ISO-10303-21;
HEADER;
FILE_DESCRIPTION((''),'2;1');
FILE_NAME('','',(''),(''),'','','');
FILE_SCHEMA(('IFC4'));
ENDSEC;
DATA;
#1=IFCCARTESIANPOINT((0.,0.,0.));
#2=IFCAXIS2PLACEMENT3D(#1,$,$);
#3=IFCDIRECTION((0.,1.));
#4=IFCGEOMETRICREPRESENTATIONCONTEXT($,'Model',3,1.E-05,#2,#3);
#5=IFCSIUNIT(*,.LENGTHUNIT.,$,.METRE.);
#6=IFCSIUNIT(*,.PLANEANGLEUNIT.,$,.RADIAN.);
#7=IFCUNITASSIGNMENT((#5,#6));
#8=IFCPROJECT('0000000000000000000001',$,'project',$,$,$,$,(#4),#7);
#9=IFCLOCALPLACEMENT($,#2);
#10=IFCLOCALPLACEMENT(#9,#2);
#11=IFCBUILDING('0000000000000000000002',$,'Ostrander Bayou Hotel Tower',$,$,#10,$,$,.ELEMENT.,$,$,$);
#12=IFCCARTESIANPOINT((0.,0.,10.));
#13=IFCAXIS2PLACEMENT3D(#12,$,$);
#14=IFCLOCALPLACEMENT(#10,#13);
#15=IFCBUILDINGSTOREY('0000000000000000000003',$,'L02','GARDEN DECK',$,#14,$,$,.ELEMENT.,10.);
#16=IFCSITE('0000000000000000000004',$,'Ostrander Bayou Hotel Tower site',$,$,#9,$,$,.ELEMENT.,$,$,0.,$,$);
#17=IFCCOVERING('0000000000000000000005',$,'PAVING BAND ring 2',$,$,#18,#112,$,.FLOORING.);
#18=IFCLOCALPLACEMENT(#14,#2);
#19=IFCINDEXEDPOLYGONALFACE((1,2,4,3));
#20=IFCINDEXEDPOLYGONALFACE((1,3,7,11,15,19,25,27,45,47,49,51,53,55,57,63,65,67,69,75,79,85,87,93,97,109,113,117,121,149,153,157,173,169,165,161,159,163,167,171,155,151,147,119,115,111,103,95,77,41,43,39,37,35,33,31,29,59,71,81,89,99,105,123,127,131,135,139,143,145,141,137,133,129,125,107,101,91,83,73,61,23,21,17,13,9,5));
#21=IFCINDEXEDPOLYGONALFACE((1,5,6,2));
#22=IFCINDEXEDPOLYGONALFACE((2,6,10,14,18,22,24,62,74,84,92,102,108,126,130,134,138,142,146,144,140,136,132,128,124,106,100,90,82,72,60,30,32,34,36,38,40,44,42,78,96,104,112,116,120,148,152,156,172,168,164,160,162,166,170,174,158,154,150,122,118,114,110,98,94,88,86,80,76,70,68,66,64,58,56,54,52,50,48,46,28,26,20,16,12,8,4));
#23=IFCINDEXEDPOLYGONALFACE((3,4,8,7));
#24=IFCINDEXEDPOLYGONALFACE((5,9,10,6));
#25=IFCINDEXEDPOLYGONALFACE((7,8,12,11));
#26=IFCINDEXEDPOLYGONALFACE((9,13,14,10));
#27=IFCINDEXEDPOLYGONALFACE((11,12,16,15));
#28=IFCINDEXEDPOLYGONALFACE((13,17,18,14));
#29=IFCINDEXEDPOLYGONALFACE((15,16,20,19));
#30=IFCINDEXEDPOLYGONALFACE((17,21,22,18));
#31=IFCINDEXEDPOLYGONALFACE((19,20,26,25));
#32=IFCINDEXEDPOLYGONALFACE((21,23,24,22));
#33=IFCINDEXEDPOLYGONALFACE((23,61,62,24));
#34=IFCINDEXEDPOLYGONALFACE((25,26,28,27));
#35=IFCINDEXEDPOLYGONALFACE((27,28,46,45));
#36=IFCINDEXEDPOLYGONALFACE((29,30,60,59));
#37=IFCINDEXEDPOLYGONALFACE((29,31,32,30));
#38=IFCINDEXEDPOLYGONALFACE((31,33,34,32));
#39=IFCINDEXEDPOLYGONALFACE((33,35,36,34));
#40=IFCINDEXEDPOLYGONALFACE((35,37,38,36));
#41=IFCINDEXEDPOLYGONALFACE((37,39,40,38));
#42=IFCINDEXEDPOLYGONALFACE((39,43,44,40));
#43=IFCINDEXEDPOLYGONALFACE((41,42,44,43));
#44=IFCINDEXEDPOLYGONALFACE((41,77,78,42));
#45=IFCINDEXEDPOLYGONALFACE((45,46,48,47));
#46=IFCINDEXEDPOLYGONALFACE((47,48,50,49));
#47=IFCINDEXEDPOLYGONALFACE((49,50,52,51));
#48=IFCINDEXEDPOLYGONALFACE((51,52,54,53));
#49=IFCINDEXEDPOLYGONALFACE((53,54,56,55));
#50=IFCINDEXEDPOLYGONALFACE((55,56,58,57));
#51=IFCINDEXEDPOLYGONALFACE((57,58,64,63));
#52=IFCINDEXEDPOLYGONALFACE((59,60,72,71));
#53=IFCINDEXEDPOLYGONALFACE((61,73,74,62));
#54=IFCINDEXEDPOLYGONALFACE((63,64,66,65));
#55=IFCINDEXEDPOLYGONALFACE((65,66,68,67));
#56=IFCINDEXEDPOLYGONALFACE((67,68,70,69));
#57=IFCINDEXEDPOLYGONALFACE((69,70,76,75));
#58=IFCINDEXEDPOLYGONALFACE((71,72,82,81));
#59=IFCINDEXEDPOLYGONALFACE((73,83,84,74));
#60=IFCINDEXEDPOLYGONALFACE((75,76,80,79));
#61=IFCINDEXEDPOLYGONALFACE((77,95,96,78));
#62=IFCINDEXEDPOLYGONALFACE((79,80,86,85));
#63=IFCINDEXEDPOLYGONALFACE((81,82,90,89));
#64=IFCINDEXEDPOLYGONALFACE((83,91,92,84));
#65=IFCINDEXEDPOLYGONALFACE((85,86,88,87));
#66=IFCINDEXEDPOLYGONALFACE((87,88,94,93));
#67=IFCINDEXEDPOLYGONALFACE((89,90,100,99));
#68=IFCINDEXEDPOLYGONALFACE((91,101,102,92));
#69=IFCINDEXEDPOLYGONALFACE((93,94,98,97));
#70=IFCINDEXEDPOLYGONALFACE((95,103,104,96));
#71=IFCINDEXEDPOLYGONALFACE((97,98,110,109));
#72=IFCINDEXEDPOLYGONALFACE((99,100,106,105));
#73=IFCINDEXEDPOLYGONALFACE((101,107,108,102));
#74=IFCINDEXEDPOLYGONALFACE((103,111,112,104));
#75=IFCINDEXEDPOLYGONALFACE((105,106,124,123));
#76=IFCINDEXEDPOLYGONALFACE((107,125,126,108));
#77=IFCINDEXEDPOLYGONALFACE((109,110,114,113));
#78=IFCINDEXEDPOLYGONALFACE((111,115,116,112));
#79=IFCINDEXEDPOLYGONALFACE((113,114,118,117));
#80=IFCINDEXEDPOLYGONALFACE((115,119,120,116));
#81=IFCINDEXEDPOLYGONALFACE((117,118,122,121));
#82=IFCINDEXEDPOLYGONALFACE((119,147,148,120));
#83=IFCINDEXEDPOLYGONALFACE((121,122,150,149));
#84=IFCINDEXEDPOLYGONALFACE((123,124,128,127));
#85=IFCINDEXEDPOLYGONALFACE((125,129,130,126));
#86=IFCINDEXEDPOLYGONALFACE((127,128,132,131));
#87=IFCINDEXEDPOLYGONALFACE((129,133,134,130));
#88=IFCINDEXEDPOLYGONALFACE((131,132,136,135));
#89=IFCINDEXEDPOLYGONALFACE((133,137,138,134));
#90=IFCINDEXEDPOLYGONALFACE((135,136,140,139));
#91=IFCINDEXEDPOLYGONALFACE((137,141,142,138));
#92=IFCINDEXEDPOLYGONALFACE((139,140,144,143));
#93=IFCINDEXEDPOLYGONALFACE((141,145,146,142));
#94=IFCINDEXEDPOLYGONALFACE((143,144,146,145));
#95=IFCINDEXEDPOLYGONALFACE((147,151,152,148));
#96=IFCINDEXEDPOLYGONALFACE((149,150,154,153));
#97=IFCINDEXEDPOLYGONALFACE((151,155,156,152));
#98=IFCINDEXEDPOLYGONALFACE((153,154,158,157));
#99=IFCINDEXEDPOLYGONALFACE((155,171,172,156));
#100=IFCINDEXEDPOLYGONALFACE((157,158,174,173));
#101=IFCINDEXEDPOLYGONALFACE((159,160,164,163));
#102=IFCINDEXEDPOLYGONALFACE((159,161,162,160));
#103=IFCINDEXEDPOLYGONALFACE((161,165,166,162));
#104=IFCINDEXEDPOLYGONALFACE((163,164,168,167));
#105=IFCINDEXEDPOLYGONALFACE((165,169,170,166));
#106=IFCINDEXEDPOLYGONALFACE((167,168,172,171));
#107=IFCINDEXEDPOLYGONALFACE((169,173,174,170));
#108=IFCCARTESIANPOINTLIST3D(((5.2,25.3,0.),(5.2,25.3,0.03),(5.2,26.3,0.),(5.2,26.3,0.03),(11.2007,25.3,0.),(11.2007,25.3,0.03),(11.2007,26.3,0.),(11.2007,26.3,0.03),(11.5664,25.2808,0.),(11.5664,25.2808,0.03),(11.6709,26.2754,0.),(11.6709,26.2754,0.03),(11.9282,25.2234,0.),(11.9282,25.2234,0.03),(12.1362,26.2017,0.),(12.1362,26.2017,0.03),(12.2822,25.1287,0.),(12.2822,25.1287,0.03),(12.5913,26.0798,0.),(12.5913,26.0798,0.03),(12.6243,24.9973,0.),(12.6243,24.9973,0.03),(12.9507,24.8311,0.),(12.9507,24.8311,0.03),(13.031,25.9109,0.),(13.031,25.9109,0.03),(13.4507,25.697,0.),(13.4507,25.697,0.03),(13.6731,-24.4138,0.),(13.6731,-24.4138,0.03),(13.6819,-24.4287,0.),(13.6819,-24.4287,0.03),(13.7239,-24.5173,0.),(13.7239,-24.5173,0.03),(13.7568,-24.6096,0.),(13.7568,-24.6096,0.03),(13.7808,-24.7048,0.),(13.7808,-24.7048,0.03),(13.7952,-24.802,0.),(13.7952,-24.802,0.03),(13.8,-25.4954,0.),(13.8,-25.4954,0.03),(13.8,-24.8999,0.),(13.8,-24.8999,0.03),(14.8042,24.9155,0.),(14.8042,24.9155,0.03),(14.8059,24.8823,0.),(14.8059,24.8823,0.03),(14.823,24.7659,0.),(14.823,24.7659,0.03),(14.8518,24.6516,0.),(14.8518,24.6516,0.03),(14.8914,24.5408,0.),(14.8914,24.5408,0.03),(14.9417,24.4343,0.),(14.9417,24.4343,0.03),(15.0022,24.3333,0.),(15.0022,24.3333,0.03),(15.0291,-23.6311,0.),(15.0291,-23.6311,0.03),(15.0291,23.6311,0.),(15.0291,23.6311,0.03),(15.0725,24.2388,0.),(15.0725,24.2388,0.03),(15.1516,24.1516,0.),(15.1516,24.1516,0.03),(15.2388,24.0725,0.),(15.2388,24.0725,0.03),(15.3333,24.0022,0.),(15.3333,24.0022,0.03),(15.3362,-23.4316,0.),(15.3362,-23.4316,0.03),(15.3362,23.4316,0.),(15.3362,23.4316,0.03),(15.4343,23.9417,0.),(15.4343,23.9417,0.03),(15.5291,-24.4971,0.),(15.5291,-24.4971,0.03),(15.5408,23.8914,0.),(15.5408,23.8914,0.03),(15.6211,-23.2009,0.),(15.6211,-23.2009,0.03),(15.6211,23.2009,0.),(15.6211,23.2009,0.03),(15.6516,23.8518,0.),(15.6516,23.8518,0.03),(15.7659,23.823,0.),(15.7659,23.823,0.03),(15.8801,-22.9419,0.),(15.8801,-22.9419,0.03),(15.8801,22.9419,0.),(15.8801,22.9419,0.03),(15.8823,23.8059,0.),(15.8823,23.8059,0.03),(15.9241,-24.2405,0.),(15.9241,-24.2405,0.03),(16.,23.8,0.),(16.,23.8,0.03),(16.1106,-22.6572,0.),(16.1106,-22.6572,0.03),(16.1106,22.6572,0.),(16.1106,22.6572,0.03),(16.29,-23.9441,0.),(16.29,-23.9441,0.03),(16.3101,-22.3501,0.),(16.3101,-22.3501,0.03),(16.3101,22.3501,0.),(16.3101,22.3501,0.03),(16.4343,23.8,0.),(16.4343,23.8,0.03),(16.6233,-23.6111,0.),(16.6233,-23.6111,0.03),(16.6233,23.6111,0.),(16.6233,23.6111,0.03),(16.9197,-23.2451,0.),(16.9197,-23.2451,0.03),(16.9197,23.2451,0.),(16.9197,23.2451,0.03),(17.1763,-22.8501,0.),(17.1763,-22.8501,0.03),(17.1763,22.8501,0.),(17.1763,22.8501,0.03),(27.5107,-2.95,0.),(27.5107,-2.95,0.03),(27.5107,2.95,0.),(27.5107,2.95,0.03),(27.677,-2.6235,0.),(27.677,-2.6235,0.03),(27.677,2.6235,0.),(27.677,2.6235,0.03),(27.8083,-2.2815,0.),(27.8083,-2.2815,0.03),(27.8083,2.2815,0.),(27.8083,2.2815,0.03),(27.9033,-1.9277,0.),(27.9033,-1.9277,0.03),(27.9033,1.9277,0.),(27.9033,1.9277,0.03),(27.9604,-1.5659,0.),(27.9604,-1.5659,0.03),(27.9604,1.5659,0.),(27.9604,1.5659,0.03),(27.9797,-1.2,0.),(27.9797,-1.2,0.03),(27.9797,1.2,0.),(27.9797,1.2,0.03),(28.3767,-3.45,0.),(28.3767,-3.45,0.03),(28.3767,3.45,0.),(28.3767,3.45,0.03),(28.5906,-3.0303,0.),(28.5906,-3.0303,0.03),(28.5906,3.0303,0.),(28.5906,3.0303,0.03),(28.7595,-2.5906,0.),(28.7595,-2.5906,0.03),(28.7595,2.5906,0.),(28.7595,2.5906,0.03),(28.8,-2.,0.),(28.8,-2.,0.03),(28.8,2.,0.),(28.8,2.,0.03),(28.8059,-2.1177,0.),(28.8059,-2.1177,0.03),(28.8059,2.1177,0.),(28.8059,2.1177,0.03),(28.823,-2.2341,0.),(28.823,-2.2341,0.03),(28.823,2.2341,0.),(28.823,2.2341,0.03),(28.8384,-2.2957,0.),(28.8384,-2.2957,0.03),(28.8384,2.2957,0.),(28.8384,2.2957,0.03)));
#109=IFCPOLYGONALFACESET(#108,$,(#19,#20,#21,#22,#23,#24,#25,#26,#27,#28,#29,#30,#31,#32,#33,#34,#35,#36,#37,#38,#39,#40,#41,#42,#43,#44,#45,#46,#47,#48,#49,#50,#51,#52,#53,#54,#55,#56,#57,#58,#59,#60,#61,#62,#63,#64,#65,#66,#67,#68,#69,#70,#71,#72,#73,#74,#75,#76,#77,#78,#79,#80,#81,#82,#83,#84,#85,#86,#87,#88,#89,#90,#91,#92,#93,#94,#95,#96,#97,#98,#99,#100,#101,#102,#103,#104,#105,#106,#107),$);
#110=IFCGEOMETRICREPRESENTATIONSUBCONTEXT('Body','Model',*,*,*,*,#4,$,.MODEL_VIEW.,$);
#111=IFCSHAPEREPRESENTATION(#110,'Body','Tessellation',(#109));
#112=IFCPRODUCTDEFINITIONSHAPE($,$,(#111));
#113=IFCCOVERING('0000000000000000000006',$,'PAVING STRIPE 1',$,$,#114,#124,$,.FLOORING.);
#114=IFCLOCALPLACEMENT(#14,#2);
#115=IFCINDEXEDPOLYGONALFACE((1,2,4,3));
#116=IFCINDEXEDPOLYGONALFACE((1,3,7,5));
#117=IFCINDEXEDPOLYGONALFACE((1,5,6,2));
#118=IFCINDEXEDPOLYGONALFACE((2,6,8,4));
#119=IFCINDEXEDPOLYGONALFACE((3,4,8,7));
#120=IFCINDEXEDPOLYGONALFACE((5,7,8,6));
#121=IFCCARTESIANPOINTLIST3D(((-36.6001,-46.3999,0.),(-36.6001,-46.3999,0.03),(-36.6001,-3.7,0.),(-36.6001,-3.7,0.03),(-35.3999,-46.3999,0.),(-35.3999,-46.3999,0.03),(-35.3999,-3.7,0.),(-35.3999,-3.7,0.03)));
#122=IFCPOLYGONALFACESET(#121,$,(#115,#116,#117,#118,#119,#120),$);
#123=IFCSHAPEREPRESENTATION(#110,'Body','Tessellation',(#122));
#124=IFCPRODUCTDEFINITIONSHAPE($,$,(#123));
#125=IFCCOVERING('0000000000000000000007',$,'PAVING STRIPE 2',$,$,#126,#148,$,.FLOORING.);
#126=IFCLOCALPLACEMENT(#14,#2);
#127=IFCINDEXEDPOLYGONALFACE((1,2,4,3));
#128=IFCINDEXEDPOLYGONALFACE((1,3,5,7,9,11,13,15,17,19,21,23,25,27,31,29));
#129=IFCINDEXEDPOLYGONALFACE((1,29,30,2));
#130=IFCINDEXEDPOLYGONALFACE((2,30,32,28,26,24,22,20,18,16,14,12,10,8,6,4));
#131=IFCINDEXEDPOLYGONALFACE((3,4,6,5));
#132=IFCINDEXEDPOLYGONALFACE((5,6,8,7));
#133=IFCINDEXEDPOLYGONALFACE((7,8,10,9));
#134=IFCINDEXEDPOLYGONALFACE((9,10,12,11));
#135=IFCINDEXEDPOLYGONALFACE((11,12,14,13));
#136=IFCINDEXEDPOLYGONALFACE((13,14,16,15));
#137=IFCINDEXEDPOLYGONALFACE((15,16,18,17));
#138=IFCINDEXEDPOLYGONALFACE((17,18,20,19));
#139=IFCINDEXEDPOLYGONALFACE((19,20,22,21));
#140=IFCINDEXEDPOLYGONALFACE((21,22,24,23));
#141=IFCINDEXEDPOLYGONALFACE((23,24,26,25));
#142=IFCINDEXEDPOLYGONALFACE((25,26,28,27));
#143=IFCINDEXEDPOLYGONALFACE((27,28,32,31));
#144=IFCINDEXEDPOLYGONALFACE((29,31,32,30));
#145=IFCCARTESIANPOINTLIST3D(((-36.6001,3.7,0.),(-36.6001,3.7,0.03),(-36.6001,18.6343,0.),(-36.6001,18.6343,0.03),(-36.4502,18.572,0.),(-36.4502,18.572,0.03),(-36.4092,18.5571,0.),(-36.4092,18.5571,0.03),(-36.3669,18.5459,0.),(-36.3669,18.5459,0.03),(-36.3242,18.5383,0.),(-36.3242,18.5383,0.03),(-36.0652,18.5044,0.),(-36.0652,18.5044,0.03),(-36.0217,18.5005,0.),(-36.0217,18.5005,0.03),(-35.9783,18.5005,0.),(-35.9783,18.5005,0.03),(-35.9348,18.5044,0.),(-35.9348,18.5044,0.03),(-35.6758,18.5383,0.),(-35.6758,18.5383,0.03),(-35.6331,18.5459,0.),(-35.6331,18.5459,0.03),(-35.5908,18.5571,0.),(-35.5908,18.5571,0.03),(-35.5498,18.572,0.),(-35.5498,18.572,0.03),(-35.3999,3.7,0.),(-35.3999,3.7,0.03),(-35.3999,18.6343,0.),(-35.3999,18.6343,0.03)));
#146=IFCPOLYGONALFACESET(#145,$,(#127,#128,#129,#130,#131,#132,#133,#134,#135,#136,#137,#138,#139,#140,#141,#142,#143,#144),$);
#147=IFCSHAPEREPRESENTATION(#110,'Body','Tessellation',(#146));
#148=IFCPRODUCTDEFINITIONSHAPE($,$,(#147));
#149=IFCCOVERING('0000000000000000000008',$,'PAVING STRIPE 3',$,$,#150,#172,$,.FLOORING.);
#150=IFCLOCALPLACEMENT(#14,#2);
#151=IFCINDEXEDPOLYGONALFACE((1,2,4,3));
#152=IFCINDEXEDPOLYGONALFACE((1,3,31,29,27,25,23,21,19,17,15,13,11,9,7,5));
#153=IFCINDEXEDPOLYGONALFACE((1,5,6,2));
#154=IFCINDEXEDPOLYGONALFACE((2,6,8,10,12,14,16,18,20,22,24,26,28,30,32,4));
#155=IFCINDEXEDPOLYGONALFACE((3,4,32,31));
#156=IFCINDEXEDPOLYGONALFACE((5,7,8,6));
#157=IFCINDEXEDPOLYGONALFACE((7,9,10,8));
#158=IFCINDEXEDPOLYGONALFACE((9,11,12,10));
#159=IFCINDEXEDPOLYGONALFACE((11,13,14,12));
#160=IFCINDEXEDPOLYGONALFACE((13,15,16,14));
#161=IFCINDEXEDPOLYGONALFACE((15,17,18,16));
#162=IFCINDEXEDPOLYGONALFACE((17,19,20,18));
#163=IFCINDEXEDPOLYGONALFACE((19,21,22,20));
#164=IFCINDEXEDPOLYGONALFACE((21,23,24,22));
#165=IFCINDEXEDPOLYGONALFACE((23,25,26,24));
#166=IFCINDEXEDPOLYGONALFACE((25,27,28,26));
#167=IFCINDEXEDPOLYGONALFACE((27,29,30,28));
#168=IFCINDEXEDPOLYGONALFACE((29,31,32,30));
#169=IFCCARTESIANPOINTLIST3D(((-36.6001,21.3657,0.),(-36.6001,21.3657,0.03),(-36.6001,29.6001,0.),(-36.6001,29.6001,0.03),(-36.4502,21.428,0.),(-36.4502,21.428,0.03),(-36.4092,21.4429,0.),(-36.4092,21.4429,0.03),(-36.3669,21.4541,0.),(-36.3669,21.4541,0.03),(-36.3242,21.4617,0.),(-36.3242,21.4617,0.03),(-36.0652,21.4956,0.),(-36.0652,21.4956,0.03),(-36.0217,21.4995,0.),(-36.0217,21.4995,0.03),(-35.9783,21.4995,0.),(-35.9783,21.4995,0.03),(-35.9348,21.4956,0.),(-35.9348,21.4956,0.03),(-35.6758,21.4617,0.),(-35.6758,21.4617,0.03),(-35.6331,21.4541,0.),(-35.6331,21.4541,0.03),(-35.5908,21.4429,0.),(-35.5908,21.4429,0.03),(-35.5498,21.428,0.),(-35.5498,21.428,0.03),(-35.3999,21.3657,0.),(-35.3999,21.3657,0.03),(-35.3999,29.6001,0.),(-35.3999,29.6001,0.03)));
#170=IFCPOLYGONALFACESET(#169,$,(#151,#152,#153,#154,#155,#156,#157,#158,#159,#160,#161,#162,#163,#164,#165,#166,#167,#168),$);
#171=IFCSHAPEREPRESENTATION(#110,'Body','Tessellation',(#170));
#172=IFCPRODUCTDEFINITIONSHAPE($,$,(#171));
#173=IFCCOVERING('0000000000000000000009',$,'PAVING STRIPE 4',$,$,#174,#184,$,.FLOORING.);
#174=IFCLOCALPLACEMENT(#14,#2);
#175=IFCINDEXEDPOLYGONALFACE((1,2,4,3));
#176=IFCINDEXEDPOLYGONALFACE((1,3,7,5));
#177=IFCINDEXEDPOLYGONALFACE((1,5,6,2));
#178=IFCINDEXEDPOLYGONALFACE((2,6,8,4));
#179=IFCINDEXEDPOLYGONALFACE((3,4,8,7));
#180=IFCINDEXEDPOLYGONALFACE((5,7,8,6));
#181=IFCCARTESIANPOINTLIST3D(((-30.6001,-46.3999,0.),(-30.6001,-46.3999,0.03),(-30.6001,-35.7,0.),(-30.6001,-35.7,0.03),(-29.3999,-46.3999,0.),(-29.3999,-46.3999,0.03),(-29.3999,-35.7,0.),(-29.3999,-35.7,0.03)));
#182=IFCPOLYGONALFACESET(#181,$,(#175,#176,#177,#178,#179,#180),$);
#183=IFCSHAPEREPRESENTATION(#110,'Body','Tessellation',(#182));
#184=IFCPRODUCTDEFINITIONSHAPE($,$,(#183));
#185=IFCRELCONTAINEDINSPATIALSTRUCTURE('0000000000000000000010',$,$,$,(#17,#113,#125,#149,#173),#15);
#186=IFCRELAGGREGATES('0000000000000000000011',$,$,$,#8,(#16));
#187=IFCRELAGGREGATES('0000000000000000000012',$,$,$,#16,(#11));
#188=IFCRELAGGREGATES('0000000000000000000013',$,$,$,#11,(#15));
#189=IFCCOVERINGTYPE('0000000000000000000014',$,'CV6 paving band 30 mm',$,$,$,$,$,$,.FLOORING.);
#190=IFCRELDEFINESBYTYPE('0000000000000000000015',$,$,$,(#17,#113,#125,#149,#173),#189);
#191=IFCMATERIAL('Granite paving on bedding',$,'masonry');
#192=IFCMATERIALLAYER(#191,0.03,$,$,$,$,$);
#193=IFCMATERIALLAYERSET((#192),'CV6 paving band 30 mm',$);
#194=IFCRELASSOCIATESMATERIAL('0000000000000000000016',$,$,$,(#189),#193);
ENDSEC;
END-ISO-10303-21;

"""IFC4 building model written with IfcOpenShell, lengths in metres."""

from ifc_helpers import new_model, si_unit, direction, frame, origin, place, context, subcontext, project, spatial, polyline, outline, extrude, material, layer, layer_set, type_object, element, save


model = new_model("IFC4")

# Units and contexts
model_context = context("Model", 3, precision=1e-05, world=origin(), true_north=direction((0.0, 1.0)))
body_context = subcontext(model_context, "Body", "Model", "MODEL_VIEW")
ifc_project = project(units=[si_unit("LENGTHUNIT", "METRE"), si_unit("PLANEANGLEUNIT", "RADIAN")], contexts=[model_context])

# Site, building, storey
site_placement = place(None, origin())
site = spatial("IfcSite", under=ifc_project, at=site_placement, Name="Ostrander Bayou Hotel Tower site", CompositionType="ELEMENT", RefElevation=0.0)
building_placement = place(site_placement, origin())
building = spatial("IfcBuilding", under=site, at=building_placement, Name="Ostrander Bayou Hotel Tower", CompositionType="ELEMENT")
storey_placement = place(building_placement, frame((0.0, 0.0, 10.0)))
storey = spatial("IfcBuildingStorey", under=building, at=storey_placement, Name="L02", Description="GARDEN DECK", CompositionType="ELEMENT", Elevation=10.0)

# Coverings
ifc_material_1 = material(Name="Granite paving on bedding", Category="masonry")
ifc_layer_1 = layer(ifc_material_1, 0.03)
ifc_layer_set_1 = layer_set([ifc_layer_1], Name="CV6 paving band 30 mm")
covering_type = type_object("IfcCoveringType", Name="CV6 paving band 30 mm", PredefinedType="FLOORING", material=ifc_layer_set_1)
covering_1_placement = place(storey_placement, origin())
element("IfcCovering", 1, at=covering_1_placement, inside=storey, type_object=covering_type, Name="PAVING BAND ring 2", PredefinedType="FLOORING", context=body_context, shape_type="SweptSolid", body=[
    extrude(outline(polyline([(11.2007, 26.3), (11.6709, 26.2754), (12.1362, 26.2017), (12.5913, 26.0798), (13.031, 25.9109), (13.4507, 25.697), (14.8042, 24.9155), (14.8059, 24.8823), (14.823, 24.7659), (14.8518, 24.6516), (14.8914, 24.5408), (14.9417, 24.4343), (15.0022, 24.3333), (15.0725, 24.2388), (15.1516, 24.1516), (15.2388, 24.0725), (15.3333, 24.0022), (15.4343, 23.9417), (15.5408, 23.8914), (15.6516, 23.8518), (15.7659, 23.823), (15.8823, 23.8059), (16.0, 23.8), (16.4343, 23.8), (16.6233, 23.6111), (16.9197, 23.2451), (17.1763, 22.8501), (28.3767, 3.45), (28.5906, 3.0303), (28.7595, 2.5906), (28.8384, 2.2957), (28.823, 2.2341), (28.8059, 2.1177), (28.8, 2.0), (28.8, -2.0), (28.8059, -2.1177), (28.823, -2.2341), (28.8384, -2.2957), (28.7595, -2.5906), (28.5906, -3.0303), (28.3767, -3.45), (17.1763, -22.8501), (16.9197, -23.2451), (16.6233, -23.6111), (16.29, -23.9441), (15.9241, -24.2405), (15.5291, -24.4971), (13.8, -25.4954), (13.8, -24.8999), (13.7952, -24.802), (13.7808, -24.7048), (13.7568, -24.6096), (13.7239, -24.5173), (13.6819, -24.4287), (13.6731, -24.4138), (15.0291, -23.6311), (15.3362, -23.4316), (15.6211, -23.2009), (15.8801, -22.9419), (16.1106, -22.6572), (16.3101, -22.3501), (27.5107, -2.95), (27.677, -2.6235), (27.8083, -2.2815), (27.9033, -1.9277), (27.9604, -1.5659), (27.9797, -1.2), (27.9797, 1.2), (27.9604, 1.5659), (27.9033, 1.9277), (27.8083, 2.2815), (27.677, 2.6235), (27.5107, 2.95), (16.3101, 22.3501), (16.1106, 22.6572), (15.8801, 22.9419), (15.6211, 23.2009), (15.3362, 23.4316), (15.0291, 23.6311), (12.9507, 24.8311), (12.6243, 24.9973), (12.2822, 25.1287), (11.9282, 25.2234), (11.5664, 25.2808), (11.2007, 25.3), (5.2, 25.3), (5.2, 26.3), (11.2007, 26.3)])), origin(), (0.0, 0.0, 1.0), 0.03),
])
covering_2_placement = place(storey_placement, origin())
element("IfcCovering", 2, at=covering_2_placement, inside=storey, type_object=covering_type, Name="PAVING STRIPE 1", PredefinedType="FLOORING", context=body_context, shape_type="SweptSolid", body=[
    extrude(outline(polyline([(-36.6001, -3.7), (-35.3999, -3.7), (-35.3999, -46.3999), (-36.6001, -46.3999), (-36.6001, -3.7)])), origin(), (0.0, 0.0, 1.0), 0.03),
])
covering_3_placement = place(storey_placement, origin())
element("IfcCovering", 3, at=covering_3_placement, inside=storey, type_object=covering_type, Name="PAVING STRIPE 2", PredefinedType="FLOORING", context=body_context, shape_type="SweptSolid", body=[
    extrude(outline(polyline([(-36.6001, 18.6343), (-36.4502, 18.572), (-36.4092, 18.5571), (-36.3669, 18.5459), (-36.3242, 18.5383), (-36.0652, 18.5044), (-36.0217, 18.5005), (-35.9783, 18.5005), (-35.9348, 18.5044), (-35.6758, 18.5383), (-35.6331, 18.5459), (-35.5908, 18.5571), (-35.5498, 18.572), (-35.3999, 18.6343), (-35.3999, 3.7), (-36.6001, 3.7), (-36.6001, 18.6343)])), origin(), (0.0, 0.0, 1.0), 0.03),
])
covering_4_placement = place(storey_placement, origin())
element("IfcCovering", 4, at=covering_4_placement, inside=storey, type_object=covering_type, Name="PAVING STRIPE 3", PredefinedType="FLOORING", context=body_context, shape_type="SweptSolid", body=[
    extrude(outline(polyline([(-36.6001, 29.6001), (-35.3999, 29.6001), (-35.3999, 21.3657), (-35.5498, 21.428), (-35.5908, 21.4429), (-35.6331, 21.4541), (-35.6758, 21.4617), (-35.9348, 21.4956), (-35.9783, 21.4995), (-36.0217, 21.4995), (-36.0652, 21.4956), (-36.3242, 21.4617), (-36.3669, 21.4541), (-36.4092, 21.4429), (-36.4502, 21.428), (-36.6001, 21.3657), (-36.6001, 29.6001)])), origin(), (0.0, 0.0, 1.0), 0.03),
])
covering_5_placement = place(storey_placement, origin())
element("IfcCovering", 5, at=covering_5_placement, inside=storey, type_object=covering_type, Name="PAVING STRIPE 4", PredefinedType="FLOORING", context=body_context, shape_type="SweptSolid", body=[
    extrude(outline(polyline([(-30.6001, -35.7), (-29.3999, -35.7), (-29.3999, -46.3999), (-30.6001, -46.3999), (-30.6001, -35.7)])), origin(), (0.0, 0.0, 1.0), 0.03),
])

save(model, "model.ifc")
